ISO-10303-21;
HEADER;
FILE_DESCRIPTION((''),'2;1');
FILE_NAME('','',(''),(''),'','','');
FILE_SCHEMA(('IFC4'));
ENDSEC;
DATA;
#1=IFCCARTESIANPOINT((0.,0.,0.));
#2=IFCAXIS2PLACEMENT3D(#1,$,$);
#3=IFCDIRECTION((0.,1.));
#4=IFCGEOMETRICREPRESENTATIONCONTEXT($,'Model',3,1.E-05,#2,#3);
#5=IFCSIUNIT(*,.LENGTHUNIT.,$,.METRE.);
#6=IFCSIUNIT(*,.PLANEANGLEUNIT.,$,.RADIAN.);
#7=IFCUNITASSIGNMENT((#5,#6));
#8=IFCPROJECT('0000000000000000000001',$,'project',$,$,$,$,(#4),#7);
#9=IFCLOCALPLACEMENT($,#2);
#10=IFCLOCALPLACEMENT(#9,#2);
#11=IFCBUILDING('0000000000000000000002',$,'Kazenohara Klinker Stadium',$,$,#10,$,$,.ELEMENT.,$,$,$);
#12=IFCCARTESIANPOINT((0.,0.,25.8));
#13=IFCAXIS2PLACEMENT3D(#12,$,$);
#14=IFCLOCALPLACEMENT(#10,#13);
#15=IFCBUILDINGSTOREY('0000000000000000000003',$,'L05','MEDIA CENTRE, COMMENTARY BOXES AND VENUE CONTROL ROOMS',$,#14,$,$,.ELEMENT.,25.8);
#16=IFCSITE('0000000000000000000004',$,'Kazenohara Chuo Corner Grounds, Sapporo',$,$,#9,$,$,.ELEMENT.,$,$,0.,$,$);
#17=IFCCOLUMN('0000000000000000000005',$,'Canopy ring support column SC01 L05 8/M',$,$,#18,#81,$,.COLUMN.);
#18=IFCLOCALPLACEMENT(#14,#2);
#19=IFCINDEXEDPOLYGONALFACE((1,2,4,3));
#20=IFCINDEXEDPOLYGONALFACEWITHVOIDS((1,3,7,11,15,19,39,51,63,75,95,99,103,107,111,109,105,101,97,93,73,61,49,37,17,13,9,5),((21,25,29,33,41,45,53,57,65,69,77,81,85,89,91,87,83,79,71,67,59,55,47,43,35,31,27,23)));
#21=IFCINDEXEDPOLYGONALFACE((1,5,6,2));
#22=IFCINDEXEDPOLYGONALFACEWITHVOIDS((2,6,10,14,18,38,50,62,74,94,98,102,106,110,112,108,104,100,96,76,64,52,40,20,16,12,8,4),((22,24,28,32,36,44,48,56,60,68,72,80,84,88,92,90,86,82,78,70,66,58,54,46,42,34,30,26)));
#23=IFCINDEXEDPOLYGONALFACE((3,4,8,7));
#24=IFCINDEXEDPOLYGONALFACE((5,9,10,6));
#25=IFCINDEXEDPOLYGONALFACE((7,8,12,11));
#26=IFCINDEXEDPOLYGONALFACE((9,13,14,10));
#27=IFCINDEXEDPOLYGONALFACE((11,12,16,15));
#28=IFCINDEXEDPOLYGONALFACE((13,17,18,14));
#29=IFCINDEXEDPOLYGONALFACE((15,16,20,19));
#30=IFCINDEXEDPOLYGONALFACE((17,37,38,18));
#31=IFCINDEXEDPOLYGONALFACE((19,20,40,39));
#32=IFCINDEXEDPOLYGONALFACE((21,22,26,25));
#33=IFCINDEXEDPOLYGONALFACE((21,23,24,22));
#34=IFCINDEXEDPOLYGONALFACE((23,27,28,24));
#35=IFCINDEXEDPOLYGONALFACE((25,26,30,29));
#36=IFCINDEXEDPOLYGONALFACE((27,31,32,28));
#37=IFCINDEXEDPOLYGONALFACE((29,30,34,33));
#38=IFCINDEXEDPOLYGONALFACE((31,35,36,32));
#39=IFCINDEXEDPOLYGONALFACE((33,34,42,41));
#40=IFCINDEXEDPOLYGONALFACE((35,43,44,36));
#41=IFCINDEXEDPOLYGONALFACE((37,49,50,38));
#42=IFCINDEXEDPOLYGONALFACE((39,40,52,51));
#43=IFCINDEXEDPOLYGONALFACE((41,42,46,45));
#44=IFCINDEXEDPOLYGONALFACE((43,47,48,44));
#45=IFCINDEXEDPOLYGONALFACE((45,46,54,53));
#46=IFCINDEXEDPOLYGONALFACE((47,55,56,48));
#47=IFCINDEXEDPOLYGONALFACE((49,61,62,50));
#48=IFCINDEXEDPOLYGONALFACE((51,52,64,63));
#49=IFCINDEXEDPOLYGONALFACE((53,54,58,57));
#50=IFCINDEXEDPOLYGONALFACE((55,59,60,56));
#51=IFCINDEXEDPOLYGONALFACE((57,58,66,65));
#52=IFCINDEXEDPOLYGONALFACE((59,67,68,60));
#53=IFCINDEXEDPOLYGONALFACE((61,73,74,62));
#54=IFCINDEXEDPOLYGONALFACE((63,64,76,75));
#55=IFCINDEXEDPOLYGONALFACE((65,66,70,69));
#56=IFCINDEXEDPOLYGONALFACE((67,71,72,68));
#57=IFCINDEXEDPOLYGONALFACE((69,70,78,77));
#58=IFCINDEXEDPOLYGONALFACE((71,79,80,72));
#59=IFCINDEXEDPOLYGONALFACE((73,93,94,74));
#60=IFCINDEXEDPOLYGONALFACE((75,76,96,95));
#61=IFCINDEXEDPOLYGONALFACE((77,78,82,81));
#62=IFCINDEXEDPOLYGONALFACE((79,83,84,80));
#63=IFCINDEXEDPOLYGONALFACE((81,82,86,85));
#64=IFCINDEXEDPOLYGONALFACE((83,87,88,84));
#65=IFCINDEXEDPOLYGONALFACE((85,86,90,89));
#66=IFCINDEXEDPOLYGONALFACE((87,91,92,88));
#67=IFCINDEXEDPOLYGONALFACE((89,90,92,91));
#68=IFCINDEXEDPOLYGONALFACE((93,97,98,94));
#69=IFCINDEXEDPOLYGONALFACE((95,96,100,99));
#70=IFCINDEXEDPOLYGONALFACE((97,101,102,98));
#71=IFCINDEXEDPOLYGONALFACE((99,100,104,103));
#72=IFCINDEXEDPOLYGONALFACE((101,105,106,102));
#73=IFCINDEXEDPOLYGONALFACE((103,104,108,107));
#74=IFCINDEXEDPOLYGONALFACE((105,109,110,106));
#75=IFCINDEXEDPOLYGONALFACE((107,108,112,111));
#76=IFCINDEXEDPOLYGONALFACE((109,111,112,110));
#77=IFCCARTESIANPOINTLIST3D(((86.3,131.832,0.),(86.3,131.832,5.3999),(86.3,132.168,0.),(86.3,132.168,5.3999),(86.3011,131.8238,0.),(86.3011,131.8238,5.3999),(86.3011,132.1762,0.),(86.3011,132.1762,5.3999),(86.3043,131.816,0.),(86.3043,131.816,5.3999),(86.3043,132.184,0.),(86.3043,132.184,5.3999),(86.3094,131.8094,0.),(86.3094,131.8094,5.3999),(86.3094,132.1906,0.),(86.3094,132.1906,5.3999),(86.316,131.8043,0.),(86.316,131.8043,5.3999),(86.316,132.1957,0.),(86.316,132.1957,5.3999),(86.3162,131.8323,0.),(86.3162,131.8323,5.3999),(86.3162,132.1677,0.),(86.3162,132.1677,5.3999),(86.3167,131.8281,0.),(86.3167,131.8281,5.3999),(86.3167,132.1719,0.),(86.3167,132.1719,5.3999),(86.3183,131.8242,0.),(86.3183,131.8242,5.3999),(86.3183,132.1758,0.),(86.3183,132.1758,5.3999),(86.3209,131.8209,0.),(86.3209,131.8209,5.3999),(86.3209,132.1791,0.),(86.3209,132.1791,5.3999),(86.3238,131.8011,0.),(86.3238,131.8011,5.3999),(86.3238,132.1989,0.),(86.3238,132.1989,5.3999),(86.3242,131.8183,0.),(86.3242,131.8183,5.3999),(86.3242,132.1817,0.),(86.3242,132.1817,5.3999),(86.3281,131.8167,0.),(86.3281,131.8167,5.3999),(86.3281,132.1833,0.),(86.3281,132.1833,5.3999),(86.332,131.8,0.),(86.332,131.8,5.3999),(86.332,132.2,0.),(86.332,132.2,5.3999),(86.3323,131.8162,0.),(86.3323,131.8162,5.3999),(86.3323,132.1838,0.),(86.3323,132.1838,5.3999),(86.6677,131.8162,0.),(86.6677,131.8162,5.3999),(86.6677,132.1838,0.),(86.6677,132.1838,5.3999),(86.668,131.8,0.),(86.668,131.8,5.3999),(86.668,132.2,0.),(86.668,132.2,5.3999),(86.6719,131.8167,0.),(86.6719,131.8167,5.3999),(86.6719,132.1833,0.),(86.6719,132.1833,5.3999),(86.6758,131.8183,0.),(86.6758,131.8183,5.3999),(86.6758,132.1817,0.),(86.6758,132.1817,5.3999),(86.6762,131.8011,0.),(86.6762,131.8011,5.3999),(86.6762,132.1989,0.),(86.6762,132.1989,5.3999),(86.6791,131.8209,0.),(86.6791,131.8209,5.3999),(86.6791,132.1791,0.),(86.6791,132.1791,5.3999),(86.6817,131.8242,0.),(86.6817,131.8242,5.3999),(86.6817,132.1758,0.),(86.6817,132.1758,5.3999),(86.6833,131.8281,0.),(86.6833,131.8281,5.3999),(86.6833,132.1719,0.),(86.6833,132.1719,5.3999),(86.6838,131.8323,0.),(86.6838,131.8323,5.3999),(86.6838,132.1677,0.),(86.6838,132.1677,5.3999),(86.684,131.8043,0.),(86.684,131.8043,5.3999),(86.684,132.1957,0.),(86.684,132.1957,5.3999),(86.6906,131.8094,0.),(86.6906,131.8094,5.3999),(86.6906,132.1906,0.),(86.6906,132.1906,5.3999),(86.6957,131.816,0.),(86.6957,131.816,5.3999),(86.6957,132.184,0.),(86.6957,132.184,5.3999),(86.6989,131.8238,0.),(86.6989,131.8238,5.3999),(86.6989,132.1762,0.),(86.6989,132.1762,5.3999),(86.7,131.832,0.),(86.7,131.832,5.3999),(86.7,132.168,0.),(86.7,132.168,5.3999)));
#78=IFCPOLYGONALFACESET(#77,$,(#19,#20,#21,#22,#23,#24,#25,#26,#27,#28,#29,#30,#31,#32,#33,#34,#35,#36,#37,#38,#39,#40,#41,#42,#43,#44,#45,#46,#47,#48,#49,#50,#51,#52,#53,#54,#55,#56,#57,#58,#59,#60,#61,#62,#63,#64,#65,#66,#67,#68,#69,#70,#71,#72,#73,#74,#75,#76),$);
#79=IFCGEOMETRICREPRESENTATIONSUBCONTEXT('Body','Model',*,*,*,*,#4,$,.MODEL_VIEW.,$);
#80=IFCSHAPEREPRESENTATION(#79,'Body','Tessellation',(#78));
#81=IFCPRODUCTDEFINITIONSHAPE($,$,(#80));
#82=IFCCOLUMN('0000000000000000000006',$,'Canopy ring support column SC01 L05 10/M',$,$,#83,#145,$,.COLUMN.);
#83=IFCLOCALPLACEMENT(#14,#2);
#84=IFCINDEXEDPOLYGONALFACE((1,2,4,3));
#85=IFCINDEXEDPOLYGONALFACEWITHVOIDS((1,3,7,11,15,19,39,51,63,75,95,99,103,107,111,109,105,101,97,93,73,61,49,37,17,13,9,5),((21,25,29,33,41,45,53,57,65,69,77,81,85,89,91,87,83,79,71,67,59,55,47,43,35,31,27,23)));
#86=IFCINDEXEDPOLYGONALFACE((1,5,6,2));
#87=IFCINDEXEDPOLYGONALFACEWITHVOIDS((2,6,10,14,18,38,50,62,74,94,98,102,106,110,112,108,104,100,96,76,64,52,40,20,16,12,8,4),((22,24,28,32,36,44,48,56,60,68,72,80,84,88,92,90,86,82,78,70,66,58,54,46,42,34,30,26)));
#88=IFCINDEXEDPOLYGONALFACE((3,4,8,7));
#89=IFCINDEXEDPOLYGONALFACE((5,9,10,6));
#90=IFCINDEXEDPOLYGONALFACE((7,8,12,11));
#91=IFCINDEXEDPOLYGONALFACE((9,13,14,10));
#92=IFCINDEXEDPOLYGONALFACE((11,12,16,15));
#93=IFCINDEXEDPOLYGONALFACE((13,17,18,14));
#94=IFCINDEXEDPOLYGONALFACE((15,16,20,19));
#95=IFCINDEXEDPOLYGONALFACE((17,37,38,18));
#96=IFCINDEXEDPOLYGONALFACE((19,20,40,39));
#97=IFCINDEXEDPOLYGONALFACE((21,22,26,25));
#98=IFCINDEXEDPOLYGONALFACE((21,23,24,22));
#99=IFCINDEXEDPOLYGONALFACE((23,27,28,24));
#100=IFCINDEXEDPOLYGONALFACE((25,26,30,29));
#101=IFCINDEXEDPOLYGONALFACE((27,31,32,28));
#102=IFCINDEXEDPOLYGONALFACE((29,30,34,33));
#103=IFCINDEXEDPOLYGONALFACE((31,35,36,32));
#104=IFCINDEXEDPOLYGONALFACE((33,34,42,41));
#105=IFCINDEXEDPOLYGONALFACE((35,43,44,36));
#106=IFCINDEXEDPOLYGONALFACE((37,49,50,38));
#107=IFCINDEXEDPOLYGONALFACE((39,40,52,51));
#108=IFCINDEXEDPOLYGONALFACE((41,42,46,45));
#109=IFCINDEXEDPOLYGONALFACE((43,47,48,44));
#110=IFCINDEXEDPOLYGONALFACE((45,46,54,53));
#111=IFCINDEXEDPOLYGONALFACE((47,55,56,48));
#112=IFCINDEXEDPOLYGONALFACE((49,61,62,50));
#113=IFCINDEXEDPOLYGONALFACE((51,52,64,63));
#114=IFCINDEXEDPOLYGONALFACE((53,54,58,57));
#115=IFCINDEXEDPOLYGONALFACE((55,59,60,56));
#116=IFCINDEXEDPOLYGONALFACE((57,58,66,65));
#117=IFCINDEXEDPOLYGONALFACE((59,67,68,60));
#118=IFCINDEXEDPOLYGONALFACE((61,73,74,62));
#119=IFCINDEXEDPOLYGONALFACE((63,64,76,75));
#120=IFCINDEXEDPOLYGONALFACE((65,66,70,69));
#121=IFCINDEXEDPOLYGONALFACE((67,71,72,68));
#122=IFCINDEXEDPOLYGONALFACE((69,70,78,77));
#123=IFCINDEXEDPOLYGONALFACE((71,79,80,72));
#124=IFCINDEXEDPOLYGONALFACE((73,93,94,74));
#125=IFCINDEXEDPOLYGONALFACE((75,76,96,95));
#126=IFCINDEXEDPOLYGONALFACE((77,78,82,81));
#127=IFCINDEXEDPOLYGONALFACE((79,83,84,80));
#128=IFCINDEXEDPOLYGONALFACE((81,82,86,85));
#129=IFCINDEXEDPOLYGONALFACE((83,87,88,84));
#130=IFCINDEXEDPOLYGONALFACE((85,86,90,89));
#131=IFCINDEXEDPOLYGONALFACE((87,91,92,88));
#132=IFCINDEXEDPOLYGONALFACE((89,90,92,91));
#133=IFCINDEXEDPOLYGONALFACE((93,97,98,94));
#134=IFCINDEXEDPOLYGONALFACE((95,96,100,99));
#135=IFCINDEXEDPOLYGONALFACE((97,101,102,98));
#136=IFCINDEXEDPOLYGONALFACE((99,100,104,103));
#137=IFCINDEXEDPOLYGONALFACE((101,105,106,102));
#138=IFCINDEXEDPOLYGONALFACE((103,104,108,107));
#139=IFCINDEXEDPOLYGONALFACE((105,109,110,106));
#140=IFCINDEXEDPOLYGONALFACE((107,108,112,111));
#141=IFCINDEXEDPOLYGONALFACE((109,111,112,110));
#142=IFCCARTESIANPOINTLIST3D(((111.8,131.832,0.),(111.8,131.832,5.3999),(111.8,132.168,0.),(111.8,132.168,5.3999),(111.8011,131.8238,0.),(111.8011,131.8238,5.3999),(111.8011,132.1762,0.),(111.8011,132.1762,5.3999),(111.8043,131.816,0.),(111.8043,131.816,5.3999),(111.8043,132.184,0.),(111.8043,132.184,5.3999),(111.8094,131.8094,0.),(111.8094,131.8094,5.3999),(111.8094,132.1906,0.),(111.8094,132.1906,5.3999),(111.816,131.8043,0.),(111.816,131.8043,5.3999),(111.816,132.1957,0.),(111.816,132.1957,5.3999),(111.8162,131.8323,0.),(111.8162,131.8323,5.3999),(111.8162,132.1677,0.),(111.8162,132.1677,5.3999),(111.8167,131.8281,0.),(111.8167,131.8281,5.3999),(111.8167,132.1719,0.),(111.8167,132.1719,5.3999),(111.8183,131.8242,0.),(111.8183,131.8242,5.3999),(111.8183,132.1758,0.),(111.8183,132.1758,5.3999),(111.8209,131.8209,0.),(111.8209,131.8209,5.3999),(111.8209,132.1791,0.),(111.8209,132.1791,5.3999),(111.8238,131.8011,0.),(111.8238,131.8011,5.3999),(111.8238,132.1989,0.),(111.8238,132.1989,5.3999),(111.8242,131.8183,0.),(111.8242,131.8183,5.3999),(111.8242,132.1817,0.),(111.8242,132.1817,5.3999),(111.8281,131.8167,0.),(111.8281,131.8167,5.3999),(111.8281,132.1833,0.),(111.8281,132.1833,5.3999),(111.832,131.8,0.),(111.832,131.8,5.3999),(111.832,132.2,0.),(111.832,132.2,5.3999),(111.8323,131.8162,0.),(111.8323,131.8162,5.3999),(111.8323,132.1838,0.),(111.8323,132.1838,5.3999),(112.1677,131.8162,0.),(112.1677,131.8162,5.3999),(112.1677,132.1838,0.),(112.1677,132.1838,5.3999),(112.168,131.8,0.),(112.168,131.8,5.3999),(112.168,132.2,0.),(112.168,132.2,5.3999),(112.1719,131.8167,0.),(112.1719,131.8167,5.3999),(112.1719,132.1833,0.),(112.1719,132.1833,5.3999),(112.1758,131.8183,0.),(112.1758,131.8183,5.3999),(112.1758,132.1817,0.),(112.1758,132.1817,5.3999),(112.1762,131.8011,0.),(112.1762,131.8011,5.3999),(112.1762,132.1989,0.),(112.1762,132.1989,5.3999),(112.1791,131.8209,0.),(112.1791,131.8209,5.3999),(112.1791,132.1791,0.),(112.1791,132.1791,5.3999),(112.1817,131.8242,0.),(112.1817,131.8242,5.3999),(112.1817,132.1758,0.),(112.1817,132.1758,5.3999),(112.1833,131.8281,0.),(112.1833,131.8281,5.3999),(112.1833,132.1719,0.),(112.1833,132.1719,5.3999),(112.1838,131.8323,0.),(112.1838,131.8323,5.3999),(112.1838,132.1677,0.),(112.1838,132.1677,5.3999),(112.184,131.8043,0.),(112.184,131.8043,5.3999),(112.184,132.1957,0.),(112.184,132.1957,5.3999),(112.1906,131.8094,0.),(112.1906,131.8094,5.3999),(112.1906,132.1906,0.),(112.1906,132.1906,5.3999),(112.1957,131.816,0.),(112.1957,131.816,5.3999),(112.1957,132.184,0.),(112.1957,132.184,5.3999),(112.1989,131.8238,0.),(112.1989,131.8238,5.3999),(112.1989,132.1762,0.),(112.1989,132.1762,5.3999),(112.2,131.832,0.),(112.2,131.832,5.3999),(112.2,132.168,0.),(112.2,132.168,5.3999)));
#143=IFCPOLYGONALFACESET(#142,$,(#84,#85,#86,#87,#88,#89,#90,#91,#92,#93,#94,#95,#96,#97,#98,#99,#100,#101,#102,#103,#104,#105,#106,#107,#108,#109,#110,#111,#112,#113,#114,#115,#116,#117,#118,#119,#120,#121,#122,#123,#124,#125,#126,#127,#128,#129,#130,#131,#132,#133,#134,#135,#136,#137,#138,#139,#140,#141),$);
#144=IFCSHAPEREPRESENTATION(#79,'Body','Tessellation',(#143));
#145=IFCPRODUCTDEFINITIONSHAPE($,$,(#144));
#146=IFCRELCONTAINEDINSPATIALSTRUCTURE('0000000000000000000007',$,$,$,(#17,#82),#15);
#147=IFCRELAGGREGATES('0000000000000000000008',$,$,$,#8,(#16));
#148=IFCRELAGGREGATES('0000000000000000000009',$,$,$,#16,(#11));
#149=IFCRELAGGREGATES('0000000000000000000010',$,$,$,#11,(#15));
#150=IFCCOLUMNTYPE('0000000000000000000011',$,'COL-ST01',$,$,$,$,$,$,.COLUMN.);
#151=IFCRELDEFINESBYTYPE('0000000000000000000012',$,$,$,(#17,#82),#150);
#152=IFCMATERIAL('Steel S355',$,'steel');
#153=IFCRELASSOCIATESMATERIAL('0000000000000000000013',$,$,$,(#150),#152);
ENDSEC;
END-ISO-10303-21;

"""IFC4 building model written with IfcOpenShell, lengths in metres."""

from ifc_helpers import new_model, si_unit, direction, frame, origin, origin_2d, place, context, subcontext, project, spatial, hollow_rectangle, extrude, material, material_profile, profile_set, type_object, element, save


model = new_model("IFC4")

# Units and contexts
model_context = context("Model", 3, precision=1e-05, world=origin(), true_north=direction((0.0, 1.0)))
body_context = subcontext(model_context, "Body", "Model", "MODEL_VIEW")
ifc_project = project(units=[si_unit("LENGTHUNIT", "METRE"), si_unit("PLANEANGLEUNIT", "RADIAN")], contexts=[model_context])

# Site, building, storey
site_placement = place(None, origin())
site = spatial("IfcSite", under=ifc_project, at=site_placement, Name="Kazenohara Chuo Corner Grounds, Sapporo", CompositionType="ELEMENT", RefElevation=0.0)
building_placement = place(site_placement, origin())
building = spatial("IfcBuilding", under=site, at=building_placement, Name="Kazenohara Klinker Stadium", CompositionType="ELEMENT")
storey_placement = place(building_placement, frame((0.0, 0.0, 25.8)))
storey = spatial("IfcBuildingStorey", under=building, at=storey_placement, Name="L05", Description="MEDIA CENTRE, COMMENTARY BOXES AND VENUE CONTROL ROOMS", CompositionType="ELEMENT", Elevation=25.8)

# Columns
ifc_material_1 = material(Name="Steel S355", Category="steel")
ifc_material_profile_1 = material_profile(ifc_material_1, hollow_rectangle(XDim=0.3999, YDim=0.3999, WallThickness=0.0161, InnerFilletRadius=0.0161, OuterFilletRadius=0.032, at=origin_2d()), Name="SHS-400x400x16")
ifc_profile_set_1 = profile_set([ifc_material_profile_1], Name="Steel S355")
column_type_1 = type_object("IfcColumnType", Name="COL-ST01", PredefinedType="COLUMN", material=ifc_profile_set_1)
for number, where, z_axis, x_axis, name in (
    (1, (86.5, 132.0, 0.0), (0.0, 0.0, 1.0), (1.0, 0.0, 0.0), "Canopy ring support column SC01 L05 8/M"),
    (2, (112.0, 132.0, 0.0), (0.0, 0.0, 1.0), (1.0, 0.0, 0.0), "Canopy ring support column SC01 L05 10/M"),
):
    element("IfcColumn", number, at=place(storey_placement, frame(where, z_axis=z_axis, x_axis=x_axis)), inside=storey, type_object=column_type_1, Name=name, PredefinedType="COLUMN", context=body_context, shape_type="SweptSolid", body=[
        extrude(hollow_rectangle(XDim=0.3999, YDim=0.3999, WallThickness=0.0161, InnerFilletRadius=0.0161, OuterFilletRadius=0.032, at=origin_2d()), origin(), (0.0, 0.0, 1.0), 5.3999),
    ])

save(model, "model.ifc")
